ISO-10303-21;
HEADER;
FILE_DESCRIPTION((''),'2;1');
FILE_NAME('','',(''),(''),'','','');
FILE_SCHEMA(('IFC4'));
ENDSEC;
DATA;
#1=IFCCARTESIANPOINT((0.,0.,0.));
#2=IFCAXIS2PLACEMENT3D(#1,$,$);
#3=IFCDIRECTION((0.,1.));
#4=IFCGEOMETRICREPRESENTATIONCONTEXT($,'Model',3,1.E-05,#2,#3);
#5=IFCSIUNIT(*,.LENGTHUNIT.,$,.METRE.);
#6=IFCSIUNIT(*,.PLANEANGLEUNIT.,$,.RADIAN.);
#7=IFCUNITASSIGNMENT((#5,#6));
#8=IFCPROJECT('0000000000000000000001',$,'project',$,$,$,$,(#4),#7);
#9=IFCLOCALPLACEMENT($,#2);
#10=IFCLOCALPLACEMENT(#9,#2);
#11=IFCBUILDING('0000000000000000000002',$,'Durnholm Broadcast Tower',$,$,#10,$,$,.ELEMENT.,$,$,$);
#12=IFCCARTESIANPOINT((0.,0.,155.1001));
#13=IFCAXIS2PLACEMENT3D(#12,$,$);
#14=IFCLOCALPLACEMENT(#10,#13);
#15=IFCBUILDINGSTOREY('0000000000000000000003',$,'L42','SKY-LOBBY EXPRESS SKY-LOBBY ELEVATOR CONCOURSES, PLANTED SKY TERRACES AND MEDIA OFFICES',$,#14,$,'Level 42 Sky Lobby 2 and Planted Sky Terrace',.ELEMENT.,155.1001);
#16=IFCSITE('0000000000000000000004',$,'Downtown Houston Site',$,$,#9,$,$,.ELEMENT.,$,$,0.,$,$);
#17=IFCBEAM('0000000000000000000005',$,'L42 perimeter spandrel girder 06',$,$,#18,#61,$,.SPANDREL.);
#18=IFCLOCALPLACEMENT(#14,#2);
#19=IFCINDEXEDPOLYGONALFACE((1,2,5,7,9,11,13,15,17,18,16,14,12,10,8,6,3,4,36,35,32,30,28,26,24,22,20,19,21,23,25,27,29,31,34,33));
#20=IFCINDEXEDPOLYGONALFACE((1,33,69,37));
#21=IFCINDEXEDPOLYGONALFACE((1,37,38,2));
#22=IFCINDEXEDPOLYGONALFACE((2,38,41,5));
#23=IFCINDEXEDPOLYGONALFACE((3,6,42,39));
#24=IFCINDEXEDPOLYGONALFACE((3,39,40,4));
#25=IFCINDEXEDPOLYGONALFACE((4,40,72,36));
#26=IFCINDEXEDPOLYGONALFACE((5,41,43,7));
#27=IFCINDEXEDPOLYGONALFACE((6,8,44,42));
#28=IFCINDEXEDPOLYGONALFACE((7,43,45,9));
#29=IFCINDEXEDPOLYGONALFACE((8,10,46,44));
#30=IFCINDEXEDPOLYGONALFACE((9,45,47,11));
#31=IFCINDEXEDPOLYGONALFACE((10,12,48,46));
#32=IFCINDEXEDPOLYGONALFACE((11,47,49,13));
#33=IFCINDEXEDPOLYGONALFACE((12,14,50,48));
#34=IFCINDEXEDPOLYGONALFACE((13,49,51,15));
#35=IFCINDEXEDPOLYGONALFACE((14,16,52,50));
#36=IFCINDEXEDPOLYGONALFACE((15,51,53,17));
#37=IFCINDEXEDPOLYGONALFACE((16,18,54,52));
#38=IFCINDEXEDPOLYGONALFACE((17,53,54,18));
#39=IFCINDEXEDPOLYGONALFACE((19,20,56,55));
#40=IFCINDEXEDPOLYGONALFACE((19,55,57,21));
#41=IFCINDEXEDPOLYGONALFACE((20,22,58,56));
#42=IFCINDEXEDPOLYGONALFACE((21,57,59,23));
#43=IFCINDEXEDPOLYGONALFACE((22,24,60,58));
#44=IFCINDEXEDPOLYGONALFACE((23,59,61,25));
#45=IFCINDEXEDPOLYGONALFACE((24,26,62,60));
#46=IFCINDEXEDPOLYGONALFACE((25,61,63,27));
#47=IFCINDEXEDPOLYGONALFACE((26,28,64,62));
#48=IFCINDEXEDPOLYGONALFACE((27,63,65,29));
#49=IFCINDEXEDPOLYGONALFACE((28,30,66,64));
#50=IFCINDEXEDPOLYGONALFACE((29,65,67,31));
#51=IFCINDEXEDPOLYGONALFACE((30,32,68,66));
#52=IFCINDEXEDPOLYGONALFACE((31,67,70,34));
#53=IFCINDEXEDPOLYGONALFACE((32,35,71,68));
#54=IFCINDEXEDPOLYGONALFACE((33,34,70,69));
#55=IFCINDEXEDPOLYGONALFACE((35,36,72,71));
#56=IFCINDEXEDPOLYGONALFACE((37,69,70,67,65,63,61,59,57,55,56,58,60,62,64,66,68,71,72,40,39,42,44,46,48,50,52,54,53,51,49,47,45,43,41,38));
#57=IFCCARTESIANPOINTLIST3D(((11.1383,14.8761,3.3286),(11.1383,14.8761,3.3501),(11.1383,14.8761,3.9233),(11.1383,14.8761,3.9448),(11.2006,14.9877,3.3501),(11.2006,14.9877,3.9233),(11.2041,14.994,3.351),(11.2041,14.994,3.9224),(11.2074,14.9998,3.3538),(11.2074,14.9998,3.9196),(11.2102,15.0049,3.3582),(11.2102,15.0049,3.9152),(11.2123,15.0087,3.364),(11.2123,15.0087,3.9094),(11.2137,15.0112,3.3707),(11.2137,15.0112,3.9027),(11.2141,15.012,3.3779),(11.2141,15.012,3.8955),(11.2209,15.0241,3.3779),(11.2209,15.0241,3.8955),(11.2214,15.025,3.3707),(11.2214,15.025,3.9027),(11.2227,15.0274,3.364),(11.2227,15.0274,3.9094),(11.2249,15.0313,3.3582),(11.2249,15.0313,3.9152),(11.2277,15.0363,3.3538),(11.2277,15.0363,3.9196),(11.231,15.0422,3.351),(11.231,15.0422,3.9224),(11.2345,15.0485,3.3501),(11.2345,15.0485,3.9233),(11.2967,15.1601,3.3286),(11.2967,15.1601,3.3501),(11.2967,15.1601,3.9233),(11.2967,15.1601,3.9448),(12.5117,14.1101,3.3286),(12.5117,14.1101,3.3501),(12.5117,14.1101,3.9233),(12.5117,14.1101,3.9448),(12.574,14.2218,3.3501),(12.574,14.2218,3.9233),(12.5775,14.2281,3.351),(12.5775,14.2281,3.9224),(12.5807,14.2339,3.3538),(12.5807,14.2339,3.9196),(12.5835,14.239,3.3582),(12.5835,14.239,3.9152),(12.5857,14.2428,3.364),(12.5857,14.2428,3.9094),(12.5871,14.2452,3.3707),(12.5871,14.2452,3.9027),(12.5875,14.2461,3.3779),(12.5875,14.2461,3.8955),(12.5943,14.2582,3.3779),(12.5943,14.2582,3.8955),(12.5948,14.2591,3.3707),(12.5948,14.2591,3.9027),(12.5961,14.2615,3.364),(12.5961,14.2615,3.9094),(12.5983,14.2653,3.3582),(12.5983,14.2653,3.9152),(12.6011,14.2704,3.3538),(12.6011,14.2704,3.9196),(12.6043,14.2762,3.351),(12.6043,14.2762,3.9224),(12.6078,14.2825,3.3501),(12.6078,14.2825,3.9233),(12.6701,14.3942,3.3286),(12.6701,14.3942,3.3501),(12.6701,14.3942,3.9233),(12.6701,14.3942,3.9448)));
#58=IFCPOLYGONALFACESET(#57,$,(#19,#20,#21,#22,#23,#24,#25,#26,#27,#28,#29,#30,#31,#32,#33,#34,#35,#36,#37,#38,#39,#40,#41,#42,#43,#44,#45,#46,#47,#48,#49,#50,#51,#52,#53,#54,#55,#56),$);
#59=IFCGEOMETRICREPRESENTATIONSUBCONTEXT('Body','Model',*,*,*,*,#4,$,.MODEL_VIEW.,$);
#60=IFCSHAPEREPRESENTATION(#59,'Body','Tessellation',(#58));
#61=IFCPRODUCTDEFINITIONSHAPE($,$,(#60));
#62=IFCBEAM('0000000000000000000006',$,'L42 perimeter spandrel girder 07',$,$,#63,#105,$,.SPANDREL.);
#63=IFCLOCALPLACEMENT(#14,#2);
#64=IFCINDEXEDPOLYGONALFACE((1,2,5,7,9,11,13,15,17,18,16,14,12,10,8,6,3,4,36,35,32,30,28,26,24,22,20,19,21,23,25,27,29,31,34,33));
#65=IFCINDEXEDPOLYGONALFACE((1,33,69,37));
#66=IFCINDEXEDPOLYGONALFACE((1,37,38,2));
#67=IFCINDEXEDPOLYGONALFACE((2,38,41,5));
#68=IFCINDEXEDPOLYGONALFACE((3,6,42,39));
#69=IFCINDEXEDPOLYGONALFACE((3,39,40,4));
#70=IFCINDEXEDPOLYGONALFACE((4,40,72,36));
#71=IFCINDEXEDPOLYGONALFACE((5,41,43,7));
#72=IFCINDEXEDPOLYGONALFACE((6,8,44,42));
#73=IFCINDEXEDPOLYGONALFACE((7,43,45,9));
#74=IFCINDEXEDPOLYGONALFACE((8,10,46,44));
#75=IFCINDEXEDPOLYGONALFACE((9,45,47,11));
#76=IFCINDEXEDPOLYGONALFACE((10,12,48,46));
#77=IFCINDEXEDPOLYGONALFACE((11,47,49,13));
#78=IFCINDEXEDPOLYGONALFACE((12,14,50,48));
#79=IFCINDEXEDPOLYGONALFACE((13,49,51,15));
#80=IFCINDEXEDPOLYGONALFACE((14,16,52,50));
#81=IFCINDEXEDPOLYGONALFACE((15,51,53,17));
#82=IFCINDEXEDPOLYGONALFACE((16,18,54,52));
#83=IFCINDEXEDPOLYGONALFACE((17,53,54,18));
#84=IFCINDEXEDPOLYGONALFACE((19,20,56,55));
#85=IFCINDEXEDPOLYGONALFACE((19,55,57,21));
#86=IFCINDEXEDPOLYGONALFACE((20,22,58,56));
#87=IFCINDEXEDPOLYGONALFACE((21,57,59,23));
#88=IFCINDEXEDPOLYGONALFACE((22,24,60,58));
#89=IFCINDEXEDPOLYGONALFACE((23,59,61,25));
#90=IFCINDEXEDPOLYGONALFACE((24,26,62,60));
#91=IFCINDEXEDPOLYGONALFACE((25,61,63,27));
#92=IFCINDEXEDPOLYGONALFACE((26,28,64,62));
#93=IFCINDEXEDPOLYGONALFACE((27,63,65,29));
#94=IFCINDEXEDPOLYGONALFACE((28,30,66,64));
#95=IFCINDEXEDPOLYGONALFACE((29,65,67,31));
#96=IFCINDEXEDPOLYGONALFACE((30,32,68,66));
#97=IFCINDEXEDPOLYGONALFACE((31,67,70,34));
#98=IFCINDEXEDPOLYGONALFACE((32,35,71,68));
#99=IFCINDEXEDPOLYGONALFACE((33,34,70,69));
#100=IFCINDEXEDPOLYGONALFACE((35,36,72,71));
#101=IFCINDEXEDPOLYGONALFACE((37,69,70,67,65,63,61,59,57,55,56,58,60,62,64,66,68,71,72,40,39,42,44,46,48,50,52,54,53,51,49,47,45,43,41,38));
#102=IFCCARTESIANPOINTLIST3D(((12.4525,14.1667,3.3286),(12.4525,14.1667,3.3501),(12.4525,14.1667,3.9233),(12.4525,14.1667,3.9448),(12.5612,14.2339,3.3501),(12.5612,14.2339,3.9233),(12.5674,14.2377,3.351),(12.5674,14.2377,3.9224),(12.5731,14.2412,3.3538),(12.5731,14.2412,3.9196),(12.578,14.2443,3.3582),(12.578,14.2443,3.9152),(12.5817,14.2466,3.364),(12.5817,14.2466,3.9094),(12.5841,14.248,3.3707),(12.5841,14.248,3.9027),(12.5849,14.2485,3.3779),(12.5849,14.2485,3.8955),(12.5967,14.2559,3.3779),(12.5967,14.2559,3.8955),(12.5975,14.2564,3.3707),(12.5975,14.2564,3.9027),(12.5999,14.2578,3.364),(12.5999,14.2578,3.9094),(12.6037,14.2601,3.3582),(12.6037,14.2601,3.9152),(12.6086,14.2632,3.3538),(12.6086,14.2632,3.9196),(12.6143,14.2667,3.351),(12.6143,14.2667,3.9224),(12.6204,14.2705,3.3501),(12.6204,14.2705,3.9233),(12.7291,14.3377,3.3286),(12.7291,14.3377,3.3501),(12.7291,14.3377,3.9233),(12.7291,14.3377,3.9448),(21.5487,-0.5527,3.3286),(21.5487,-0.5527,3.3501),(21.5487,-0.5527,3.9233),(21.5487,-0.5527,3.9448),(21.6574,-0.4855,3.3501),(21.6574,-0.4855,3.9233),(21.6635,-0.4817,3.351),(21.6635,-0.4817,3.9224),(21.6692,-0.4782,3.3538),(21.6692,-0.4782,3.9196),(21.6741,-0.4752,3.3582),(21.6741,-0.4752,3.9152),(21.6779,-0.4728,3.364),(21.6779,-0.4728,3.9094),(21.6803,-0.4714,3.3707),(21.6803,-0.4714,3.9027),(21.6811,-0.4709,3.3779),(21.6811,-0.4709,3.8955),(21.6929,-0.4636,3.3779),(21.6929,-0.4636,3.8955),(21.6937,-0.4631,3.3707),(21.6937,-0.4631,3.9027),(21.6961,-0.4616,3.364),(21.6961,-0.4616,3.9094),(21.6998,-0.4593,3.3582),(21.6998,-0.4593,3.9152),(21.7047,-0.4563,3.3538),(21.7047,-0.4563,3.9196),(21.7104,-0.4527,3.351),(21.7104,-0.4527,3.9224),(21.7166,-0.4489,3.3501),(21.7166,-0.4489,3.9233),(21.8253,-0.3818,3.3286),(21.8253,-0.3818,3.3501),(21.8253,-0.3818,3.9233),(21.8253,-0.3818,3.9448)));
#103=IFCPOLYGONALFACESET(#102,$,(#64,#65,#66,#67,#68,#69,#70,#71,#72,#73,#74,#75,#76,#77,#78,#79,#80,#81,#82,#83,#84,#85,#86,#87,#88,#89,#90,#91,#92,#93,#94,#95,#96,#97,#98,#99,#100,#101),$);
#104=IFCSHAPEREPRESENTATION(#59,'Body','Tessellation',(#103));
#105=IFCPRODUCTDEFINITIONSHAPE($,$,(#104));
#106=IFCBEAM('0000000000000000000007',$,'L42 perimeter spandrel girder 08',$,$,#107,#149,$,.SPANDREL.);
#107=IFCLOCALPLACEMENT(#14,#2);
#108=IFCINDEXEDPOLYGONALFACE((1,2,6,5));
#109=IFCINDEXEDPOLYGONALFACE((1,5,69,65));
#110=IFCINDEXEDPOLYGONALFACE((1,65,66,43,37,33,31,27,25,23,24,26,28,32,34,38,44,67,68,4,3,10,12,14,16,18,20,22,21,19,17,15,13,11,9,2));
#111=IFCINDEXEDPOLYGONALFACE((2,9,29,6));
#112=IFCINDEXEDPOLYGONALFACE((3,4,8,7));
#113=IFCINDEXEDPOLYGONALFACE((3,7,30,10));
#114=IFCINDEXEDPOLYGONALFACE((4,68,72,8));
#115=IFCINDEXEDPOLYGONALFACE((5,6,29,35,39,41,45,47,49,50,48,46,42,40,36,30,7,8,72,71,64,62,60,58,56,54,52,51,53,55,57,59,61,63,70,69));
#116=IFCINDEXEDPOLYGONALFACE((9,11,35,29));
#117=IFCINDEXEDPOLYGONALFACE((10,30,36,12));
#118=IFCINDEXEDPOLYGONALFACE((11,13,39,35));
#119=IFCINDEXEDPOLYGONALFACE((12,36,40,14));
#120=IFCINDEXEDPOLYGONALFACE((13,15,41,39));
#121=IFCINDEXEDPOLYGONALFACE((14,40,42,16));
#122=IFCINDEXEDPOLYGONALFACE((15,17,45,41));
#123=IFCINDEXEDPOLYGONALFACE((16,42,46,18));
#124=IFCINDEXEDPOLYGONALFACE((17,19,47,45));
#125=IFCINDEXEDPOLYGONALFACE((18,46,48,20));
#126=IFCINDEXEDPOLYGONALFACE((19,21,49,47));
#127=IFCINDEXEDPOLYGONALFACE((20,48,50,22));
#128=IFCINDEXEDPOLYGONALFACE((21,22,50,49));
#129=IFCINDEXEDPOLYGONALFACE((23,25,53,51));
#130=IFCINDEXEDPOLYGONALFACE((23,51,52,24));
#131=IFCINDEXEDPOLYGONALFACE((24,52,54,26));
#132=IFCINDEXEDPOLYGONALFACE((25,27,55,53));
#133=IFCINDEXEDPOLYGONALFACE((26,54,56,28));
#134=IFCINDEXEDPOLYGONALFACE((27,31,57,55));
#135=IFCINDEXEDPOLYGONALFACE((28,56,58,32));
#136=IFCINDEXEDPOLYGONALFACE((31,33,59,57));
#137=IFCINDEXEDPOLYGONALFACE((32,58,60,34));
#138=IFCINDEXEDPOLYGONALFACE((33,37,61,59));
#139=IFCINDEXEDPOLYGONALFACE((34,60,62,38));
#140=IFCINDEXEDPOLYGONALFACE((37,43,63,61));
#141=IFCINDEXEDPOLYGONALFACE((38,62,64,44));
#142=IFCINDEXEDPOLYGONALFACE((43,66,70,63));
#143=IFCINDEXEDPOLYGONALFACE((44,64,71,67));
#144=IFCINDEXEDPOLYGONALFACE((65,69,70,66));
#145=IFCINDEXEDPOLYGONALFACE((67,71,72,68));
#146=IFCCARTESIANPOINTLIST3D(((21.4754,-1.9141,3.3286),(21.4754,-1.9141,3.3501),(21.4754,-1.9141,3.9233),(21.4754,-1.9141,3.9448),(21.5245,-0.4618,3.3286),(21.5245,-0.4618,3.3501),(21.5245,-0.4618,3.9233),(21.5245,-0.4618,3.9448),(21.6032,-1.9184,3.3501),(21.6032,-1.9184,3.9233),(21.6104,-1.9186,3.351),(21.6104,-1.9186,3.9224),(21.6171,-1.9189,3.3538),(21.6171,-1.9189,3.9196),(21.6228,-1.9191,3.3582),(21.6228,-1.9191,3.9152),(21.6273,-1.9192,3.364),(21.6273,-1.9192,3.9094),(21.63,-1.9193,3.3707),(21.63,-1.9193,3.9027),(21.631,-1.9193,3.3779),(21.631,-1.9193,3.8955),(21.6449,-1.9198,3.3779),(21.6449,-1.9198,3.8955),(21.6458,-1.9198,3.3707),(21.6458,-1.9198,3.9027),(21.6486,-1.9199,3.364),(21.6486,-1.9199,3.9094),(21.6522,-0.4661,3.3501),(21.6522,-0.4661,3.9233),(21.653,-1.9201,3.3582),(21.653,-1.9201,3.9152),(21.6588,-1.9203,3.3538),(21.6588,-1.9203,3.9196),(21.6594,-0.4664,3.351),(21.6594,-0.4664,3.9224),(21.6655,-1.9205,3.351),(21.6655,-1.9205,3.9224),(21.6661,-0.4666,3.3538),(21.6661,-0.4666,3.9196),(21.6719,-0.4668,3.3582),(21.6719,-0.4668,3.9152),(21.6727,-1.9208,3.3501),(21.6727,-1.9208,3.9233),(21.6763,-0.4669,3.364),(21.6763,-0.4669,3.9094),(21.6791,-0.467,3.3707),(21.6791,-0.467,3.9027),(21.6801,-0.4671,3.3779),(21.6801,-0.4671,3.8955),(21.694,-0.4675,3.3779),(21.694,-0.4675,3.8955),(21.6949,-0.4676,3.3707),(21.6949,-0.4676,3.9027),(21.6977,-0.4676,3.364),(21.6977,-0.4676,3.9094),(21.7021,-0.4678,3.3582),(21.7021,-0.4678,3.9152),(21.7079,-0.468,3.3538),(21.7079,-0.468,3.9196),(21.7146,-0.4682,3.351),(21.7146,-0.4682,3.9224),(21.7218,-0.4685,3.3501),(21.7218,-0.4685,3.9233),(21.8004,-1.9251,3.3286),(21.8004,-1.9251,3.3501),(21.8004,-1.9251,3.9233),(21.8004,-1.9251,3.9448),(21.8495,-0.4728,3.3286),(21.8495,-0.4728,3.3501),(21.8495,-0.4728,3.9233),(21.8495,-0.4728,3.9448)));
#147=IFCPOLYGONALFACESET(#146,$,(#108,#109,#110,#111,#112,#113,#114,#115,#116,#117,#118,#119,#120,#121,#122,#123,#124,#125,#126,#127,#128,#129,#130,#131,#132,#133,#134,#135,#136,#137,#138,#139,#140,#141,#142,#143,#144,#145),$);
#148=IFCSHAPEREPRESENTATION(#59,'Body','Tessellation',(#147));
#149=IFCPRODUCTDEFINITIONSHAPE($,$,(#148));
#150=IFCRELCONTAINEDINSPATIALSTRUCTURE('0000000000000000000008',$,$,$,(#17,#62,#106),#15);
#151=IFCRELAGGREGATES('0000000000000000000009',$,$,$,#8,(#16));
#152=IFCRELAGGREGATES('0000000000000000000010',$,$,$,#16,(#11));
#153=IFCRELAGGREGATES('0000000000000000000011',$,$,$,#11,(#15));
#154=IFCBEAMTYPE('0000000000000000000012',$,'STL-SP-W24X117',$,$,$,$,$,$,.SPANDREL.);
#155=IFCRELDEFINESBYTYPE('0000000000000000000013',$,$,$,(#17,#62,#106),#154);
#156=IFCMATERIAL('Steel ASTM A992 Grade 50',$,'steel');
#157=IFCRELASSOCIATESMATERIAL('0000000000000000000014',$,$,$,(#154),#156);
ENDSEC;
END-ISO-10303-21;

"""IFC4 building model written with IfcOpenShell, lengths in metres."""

from ifc_helpers import new_model, si_unit, direction, frame, origin, origin_2d, place, context, subcontext, project, spatial, i_section, extrude, source, transform, mapped, material, material_profile, profile_set, type_object, type_shapes, element, save


model = new_model("IFC4")

# Units and contexts
model_context = context("Model", 3, precision=1e-05, world=origin(), true_north=direction((0.0, 1.0)))
body_context = subcontext(model_context, "Body", "Model", "MODEL_VIEW")
ifc_project = project(units=[si_unit("LENGTHUNIT", "METRE"), si_unit("PLANEANGLEUNIT", "RADIAN")], contexts=[model_context])

# Site, building, storey
site_placement = place(None, origin())
site = spatial("IfcSite", under=ifc_project, at=site_placement, Name="Downtown Houston Site", CompositionType="ELEMENT", RefElevation=0.0)
building_placement = place(site_placement, origin())
building = spatial("IfcBuilding", under=site, at=building_placement, Name="Durnholm Broadcast Tower", CompositionType="ELEMENT")
storey_placement = place(building_placement, frame((0.0, 0.0, 155.1001)))
storey = spatial("IfcBuildingStorey", under=building, at=storey_placement, Name="L42", Description="SKY-LOBBY EXPRESS SKY-LOBBY ELEVATOR CONCOURSES, PLANTED SKY TERRACES AND MEDIA OFFICES", LongName="Level 42 Sky Lobby 2 and Planted Sky Terrace", CompositionType="ELEMENT", Elevation=155.1001)

# Beams
ifc_material_1 = material(Name="Steel ASTM A992 Grade 50", Category="steel")
ifc_material_profile_1 = material_profile(ifc_material_1, i_section(OverallWidth=0.3252, OverallDepth=0.6162, WebThickness=0.0139, FlangeThickness=0.0215, FilletRadius=0.0278, at=origin_2d()), Name="W24X117")
ifc_profile_set_1 = profile_set([ifc_material_profile_1], Name="Steel ASTM A992 Grade 50")
beam_type_1 = type_object("IfcBeamType", Name="STL-SP-W24X117", PredefinedType="SPANDREL", material=ifc_profile_set_1)
shared_shape_1 = source(origin(), body_context, "Body", "SweptSolid", [
    extrude(i_section(OverallWidth=0.3252, OverallDepth=0.6162, WebThickness=0.0139, FlangeThickness=0.0215, FilletRadius=0.0278, at=origin_2d()), origin(), (0.0, 0.0, 1.0), 1.5725),
])
beam_1_placement = place(storey_placement, frame((11.2175, 15.0181, 3.6367), z_axis=(0.873365, -0.487066, 0.0), x_axis=(0.487066, 0.873365, 0.0)))
element("IfcBeam", 1, at=beam_1_placement, inside=storey, type_object=beam_type_1, Name="L42 perimeter spandrel girder 06", PredefinedType="SPANDREL", context=body_context, shape_type="MappedRepresentation", body=[
    mapped(shared_shape_1, transform((0.0, 0.0, 0.0), x_axis=(1.0, 0.0, 0.0), y_axis=(0.0, 1.0, 0.0), z_axis=(0.0, 0.0, 1.0), scale=1.0)),
])
shared_shape_2 = source(origin(), body_context, "Body", "SweptSolid", [
    extrude(i_section(OverallWidth=0.3252, OverallDepth=0.6162, WebThickness=0.0139, FlangeThickness=0.0215, FilletRadius=0.0278, at=origin_2d()), origin(), (0.0, 0.0, 1.0), 17.3032),
])
beam_2_placement = place(storey_placement, frame((12.5908, 14.2522, 3.6367), z_axis=(0.525691, -0.850675, 0.0), x_axis=(0.850675, 0.525691, 0.0)))
element("IfcBeam", 2, at=beam_2_placement, inside=storey, type_object=beam_type_1, Name="L42 perimeter spandrel girder 07", PredefinedType="SPANDREL", context=body_context, shape_type="MappedRepresentation", body=[
    mapped(shared_shape_2, transform((0.0, 0.0, 0.0), x_axis=(1.0, 0.0, 0.0), y_axis=(0.0, 1.0, 0.0), z_axis=(0.0, 0.0, 1.0), scale=1.0)),
])
shared_shape_3 = source(origin(), body_context, "Body", "SweptSolid", [
    extrude(i_section(OverallWidth=0.3252, OverallDepth=0.6162, WebThickness=0.0139, FlangeThickness=0.0215, FilletRadius=0.0278, at=origin_2d()), origin(), (0.0, 0.0, 1.0), 1.4531),
])
type_shapes(beam_type_1, [shared_shape_1, shared_shape_2, shared_shape_3])
beam_3_placement = place(storey_placement, frame((21.687, -0.4673, 3.6367), z_axis=(-0.033768, -0.99943, 0.0), x_axis=(0.99943, -0.033768, 0.0)))
element("IfcBeam", 3, at=beam_3_placement, inside=storey, type_object=beam_type_1, Name="L42 perimeter spandrel girder 08", PredefinedType="SPANDREL", context=body_context, shape_type="MappedRepresentation", body=[
    mapped(shared_shape_3, transform((0.0, 0.0, 0.0), x_axis=(1.0, 0.0, 0.0), y_axis=(0.0, 1.0, 0.0), z_axis=(0.0, 0.0, 1.0), scale=1.0)),
])

save(model, "model.ifc")
